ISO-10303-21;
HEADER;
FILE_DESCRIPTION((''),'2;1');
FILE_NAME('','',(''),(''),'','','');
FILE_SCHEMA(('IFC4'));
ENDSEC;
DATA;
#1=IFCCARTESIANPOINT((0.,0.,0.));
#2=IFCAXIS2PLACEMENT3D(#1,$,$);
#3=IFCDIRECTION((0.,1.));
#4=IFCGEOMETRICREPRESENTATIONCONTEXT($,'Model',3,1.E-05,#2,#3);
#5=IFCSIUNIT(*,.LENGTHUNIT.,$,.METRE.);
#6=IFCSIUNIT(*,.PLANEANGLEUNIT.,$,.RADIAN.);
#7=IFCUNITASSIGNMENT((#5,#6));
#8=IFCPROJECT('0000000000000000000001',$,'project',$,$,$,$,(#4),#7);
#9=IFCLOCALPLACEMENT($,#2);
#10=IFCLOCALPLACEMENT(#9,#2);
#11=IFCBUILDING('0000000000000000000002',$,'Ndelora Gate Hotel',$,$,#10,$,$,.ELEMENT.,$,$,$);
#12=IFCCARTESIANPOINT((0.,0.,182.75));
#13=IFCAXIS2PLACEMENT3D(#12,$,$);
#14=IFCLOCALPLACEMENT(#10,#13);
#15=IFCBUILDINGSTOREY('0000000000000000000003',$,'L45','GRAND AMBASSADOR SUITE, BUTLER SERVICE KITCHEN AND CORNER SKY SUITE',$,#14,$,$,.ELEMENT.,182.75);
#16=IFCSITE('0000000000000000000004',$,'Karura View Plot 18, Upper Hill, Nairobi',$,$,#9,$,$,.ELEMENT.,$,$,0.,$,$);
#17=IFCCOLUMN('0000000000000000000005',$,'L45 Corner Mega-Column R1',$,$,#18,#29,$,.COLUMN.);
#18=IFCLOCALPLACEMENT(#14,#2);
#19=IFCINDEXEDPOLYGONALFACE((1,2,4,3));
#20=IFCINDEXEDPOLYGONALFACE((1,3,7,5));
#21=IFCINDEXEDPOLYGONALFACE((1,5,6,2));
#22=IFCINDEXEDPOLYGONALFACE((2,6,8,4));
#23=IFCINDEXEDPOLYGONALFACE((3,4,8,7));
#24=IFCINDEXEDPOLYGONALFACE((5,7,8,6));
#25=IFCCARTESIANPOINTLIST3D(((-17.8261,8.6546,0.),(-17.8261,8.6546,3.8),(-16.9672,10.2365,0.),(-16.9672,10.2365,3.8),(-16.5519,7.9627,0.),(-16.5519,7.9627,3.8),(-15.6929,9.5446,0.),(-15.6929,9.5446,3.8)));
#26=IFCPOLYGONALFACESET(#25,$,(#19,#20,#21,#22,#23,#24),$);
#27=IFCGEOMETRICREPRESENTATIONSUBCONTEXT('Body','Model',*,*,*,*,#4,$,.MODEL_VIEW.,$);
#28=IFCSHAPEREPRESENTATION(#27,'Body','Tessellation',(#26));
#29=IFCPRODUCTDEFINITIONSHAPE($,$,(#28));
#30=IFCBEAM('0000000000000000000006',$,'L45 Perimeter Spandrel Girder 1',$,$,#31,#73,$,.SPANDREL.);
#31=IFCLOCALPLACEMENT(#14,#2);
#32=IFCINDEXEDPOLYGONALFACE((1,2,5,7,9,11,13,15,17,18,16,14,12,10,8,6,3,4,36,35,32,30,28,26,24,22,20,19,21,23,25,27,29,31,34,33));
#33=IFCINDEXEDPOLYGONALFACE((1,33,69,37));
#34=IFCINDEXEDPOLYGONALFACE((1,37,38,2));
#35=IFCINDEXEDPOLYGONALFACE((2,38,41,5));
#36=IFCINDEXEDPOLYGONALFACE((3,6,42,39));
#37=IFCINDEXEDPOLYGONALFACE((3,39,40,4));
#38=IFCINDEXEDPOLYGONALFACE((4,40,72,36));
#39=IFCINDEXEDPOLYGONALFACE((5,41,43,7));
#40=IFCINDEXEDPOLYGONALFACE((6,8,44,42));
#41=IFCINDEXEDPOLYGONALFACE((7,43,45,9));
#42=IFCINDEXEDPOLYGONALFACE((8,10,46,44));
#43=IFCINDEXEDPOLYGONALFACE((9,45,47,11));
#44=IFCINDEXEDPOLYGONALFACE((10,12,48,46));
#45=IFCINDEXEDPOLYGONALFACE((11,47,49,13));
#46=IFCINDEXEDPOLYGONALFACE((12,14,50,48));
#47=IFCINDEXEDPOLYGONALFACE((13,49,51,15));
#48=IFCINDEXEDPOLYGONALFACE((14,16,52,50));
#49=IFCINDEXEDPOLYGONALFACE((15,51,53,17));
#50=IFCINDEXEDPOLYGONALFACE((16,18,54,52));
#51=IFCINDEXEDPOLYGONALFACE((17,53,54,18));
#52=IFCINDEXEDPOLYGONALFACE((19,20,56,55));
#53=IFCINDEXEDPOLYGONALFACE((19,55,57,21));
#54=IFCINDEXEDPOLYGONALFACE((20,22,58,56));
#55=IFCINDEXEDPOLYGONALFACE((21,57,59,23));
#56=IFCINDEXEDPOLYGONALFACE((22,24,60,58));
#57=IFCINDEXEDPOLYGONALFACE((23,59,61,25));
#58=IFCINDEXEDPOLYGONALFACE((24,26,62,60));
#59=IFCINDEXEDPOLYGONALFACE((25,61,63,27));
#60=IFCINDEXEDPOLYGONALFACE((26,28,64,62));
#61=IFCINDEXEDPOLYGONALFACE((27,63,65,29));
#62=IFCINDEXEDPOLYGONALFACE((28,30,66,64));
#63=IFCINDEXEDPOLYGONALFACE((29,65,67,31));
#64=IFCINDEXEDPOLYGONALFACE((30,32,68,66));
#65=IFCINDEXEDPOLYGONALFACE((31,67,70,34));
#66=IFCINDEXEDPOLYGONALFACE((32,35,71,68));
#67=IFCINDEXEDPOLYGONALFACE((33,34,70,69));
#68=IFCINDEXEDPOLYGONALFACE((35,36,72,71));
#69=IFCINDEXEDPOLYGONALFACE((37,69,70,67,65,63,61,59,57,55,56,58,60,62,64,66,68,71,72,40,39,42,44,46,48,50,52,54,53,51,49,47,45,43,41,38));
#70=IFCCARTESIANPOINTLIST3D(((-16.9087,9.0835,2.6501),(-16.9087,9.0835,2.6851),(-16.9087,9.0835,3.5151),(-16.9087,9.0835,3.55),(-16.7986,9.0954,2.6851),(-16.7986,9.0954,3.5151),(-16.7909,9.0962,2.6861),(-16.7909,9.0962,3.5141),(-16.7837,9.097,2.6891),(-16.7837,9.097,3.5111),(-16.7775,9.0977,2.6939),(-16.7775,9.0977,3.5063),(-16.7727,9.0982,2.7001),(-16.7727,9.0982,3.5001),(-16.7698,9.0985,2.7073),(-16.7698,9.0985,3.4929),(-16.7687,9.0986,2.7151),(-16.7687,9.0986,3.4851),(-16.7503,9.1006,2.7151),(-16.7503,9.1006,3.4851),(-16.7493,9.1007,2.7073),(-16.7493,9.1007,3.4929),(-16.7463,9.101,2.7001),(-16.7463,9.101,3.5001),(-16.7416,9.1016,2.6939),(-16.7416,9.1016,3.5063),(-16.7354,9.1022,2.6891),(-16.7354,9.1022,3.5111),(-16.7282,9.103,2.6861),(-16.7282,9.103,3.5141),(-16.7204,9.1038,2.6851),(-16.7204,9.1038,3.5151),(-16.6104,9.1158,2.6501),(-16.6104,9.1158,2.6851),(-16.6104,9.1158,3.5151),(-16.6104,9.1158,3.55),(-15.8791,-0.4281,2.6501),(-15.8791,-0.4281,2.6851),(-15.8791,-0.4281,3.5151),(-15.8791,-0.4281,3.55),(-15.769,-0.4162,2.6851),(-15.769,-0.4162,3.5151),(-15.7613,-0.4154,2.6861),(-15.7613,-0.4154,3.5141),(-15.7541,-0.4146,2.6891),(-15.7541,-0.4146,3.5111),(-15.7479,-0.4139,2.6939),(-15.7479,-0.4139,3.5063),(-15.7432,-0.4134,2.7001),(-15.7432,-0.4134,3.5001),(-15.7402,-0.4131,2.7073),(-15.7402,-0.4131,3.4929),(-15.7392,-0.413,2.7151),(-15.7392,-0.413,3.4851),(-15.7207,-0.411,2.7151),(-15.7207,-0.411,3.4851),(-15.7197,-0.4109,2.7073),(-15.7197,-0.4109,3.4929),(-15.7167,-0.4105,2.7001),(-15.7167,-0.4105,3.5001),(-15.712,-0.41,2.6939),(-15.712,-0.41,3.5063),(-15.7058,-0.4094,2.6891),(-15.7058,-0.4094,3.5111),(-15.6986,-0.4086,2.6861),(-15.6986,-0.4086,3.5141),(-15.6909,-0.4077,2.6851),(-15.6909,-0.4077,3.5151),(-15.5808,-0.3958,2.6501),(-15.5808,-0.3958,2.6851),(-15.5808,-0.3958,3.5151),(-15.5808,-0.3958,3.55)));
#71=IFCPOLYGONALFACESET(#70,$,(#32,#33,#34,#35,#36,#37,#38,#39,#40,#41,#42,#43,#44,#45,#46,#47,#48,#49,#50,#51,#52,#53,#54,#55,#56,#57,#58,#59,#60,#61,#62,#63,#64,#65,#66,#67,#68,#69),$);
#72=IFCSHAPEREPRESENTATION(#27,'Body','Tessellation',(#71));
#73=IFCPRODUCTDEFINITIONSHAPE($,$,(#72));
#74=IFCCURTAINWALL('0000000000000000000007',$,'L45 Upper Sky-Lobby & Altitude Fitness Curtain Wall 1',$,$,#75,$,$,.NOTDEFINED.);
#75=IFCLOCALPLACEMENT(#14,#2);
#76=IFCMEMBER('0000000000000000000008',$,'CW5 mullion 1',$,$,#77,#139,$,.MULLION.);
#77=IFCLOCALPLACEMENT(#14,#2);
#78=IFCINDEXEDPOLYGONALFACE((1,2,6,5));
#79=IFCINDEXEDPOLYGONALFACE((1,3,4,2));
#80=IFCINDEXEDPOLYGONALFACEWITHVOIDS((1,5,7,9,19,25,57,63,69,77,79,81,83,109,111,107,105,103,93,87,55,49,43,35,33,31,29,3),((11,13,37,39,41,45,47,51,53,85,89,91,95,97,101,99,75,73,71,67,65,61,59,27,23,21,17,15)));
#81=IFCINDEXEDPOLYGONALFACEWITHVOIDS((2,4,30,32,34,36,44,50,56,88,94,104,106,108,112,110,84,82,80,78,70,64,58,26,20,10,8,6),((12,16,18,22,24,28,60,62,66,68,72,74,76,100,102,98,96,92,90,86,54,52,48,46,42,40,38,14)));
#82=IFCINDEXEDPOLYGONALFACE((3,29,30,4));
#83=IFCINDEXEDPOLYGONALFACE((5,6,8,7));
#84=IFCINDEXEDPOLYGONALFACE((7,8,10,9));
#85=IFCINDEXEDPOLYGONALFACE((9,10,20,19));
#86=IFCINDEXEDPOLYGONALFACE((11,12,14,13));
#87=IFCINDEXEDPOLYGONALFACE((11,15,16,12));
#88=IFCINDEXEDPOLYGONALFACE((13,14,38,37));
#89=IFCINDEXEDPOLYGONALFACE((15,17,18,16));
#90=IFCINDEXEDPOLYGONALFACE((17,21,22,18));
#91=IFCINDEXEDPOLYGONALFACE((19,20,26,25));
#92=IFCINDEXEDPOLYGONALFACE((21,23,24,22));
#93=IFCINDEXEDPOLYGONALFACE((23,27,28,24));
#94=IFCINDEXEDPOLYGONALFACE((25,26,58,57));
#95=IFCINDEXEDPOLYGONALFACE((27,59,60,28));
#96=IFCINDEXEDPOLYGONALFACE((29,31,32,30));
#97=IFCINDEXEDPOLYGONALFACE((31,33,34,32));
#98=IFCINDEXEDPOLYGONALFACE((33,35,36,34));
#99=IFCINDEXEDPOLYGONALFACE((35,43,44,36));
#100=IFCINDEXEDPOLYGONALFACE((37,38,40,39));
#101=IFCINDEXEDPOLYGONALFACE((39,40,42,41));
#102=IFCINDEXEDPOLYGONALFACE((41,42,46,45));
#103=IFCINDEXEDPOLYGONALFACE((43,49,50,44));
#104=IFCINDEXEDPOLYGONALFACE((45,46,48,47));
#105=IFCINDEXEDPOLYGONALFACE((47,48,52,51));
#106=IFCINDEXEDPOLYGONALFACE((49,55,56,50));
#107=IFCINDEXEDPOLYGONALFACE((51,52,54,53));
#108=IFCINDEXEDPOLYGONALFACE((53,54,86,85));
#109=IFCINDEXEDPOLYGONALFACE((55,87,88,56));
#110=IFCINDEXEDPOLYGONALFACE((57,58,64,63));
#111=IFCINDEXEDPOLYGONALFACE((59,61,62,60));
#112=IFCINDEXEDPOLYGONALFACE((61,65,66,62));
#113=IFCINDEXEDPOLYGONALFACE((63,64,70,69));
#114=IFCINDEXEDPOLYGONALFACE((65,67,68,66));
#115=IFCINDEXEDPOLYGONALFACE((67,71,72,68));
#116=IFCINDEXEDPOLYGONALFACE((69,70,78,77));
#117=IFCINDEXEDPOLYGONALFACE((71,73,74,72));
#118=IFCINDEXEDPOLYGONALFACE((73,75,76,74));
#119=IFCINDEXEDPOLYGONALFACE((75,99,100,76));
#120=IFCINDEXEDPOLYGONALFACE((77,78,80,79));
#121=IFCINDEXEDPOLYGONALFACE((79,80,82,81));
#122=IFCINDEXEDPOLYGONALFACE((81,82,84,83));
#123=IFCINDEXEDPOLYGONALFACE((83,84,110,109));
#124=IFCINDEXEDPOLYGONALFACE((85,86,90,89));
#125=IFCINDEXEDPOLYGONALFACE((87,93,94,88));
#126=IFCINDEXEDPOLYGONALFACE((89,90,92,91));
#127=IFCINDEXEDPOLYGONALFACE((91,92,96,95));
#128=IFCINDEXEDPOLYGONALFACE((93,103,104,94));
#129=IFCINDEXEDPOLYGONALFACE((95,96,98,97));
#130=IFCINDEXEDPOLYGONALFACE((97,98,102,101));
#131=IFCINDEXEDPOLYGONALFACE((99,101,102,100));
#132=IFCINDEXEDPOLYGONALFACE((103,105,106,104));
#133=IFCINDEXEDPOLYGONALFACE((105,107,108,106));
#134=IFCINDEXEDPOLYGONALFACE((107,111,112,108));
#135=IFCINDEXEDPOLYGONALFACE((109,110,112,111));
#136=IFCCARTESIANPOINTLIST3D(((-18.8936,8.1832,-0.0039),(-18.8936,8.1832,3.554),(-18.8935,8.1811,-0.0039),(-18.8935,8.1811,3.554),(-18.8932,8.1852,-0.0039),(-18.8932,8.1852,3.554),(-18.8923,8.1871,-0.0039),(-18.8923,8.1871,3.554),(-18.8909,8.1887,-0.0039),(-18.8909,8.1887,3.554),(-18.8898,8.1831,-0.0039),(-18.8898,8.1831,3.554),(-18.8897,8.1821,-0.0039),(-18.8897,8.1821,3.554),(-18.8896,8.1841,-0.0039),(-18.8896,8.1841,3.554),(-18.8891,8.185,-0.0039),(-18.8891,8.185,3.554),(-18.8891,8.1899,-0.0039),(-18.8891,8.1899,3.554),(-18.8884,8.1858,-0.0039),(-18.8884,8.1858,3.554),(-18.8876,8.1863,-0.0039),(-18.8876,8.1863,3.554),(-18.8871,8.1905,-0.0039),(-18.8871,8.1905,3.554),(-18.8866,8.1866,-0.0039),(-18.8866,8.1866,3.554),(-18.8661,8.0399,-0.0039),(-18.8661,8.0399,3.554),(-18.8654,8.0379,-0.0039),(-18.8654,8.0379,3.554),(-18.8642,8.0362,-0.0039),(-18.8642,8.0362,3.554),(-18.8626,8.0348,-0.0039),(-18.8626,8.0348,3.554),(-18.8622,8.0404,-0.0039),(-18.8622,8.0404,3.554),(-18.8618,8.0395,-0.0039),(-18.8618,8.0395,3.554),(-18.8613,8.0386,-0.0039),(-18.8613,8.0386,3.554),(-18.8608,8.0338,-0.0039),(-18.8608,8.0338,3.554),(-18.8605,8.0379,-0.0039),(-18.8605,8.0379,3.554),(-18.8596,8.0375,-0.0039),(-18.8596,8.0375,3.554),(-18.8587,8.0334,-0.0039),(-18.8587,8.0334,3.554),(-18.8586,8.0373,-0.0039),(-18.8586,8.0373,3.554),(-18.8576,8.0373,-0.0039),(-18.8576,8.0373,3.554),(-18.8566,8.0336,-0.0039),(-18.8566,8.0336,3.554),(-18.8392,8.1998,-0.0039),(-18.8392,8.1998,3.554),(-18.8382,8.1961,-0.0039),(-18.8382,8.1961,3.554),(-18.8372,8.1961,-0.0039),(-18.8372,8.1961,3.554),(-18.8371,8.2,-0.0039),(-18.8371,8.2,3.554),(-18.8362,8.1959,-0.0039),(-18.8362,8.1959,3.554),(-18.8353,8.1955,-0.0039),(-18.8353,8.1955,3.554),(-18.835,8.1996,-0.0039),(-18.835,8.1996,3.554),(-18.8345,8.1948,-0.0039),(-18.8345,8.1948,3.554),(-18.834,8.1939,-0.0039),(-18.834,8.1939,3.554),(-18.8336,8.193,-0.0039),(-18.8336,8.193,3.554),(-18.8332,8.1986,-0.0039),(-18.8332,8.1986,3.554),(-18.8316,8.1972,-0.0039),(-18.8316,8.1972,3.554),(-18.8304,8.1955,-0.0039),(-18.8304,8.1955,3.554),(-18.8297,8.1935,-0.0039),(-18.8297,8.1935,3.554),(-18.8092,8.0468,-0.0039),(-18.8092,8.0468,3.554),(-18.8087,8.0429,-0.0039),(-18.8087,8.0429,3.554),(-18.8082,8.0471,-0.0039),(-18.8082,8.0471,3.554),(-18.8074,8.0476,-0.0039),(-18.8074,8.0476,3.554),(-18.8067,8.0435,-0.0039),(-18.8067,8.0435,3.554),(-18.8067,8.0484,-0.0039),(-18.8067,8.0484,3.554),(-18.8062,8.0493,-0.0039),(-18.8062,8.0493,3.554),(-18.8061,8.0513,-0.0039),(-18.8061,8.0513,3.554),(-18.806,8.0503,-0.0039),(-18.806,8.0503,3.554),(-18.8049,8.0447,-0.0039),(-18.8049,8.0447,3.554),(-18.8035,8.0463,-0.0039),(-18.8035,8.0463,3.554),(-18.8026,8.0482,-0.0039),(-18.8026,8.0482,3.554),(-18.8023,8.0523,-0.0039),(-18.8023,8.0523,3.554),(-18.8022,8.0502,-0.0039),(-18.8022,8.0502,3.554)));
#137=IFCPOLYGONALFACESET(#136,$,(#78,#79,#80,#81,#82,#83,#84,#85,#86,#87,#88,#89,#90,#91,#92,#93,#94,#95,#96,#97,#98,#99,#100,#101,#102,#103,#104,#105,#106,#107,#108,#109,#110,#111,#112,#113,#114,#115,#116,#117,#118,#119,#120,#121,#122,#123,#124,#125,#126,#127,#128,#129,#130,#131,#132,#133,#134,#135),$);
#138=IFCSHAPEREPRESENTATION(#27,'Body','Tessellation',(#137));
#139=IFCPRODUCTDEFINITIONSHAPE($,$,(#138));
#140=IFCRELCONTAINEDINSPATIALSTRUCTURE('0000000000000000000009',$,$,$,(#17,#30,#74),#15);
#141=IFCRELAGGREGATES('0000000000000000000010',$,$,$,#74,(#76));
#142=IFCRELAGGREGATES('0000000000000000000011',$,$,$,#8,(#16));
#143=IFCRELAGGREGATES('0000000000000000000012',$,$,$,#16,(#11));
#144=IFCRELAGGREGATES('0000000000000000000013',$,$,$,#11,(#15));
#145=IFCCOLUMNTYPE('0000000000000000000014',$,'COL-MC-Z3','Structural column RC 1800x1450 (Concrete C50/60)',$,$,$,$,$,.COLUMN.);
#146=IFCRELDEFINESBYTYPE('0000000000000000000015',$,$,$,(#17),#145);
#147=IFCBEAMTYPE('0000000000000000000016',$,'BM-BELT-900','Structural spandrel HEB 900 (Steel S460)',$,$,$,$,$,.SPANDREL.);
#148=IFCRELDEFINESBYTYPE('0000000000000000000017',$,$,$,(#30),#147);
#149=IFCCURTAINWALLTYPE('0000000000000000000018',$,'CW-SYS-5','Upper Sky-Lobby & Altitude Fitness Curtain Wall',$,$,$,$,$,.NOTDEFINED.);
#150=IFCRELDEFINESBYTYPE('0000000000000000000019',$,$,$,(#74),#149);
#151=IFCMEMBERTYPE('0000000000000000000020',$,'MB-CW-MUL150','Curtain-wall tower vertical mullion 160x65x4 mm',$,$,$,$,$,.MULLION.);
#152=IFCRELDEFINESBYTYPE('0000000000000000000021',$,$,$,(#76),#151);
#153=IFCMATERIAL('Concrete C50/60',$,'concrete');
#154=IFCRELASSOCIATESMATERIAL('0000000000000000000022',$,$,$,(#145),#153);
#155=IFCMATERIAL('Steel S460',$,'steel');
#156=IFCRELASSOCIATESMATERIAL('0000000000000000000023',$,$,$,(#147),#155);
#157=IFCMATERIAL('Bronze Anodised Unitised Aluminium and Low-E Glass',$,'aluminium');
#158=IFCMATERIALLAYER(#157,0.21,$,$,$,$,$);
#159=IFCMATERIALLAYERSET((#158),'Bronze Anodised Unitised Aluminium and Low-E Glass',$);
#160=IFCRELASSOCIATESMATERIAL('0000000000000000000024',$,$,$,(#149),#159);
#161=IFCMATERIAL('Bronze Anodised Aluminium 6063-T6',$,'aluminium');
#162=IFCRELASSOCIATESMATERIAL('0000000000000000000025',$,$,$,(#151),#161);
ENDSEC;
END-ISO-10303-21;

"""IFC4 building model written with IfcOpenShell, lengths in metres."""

from ifc_helpers import new_model, si_unit, direction, frame, origin, origin_2d, place, context, subcontext, project, spatial, rectangle, hollow_rectangle, i_section, extrude, material, layer, layer_set, material_profile, profile_set, type_object, element, aggregate, save


model = new_model("IFC4")

# Units and contexts
model_context = context("Model", 3, precision=1e-05, world=origin(), true_north=direction((0.0, 1.0)))
body_context = subcontext(model_context, "Body", "Model", "MODEL_VIEW")
ifc_project = project(units=[si_unit("LENGTHUNIT", "METRE"), si_unit("PLANEANGLEUNIT", "RADIAN")], contexts=[model_context])

# Site, building, storey
site_placement = place(None, origin())
site = spatial("IfcSite", under=ifc_project, at=site_placement, Name="Karura View Plot 18, Upper Hill, Nairobi", CompositionType="ELEMENT", RefElevation=0.0)
building_placement = place(site_placement, origin())
building = spatial("IfcBuilding", under=site, at=building_placement, Name="Ndelora Gate Hotel", CompositionType="ELEMENT")
storey_placement = place(building_placement, frame((0.0, 0.0, 182.75)))
storey = spatial("IfcBuildingStorey", under=building, at=storey_placement, Name="L45", Description="GRAND AMBASSADOR SUITE, BUTLER SERVICE KITCHEN AND CORNER SKY SUITE", CompositionType="ELEMENT", Elevation=182.75)

# Column
ifc_material_1 = material(Name="Concrete C50/60", Category="concrete")
ifc_material_profile_1 = material_profile(ifc_material_1, rectangle(XDim=1.45, YDim=1.8, at=origin_2d()), Name="RC 1800x1450")
ifc_profile_set_1 = profile_set([ifc_material_profile_1], Name="Concrete C50/60")
column_type = type_object("IfcColumnType", Name="COL-MC-Z3", Description="Structural column RC 1800x1450 (Concrete C50/60)", PredefinedType="COLUMN", material=ifc_profile_set_1)
column_placement = place(storey_placement, frame((-16.7595, 9.0996, 0.0), z_axis=(0.0, 0.0, 1.0), x_axis=(-0.878817, 0.477159, 0.0)))
element("IfcColumn", 1, at=column_placement, inside=storey, type_object=column_type, Name="L45 Corner Mega-Column R1", PredefinedType="COLUMN", context=body_context, shape_type="SweptSolid", body=[
    extrude(rectangle(XDim=1.45, YDim=1.8, at=origin_2d()), origin(), (0.0, 0.0, 1.0), 3.8),
])

# Beam
ifc_material_2 = material(Name="Steel S460", Category="steel")
ifc_material_profile_2 = material_profile(ifc_material_2, i_section(OverallWidth=0.3, OverallDepth=0.8999, WebThickness=0.0186, FlangeThickness=0.0349, FilletRadius=0.03, at=origin_2d()), Name="HEB 900")
ifc_profile_set_2 = profile_set([ifc_material_profile_2], Name="Steel S460")
beam_type = type_object("IfcBeamType", Name="BM-BELT-900", Description="Structural spandrel HEB 900 (Steel S460)", PredefinedType="SPANDREL", material=ifc_profile_set_2)
beam_placement = place(storey_placement, frame((-16.7595, 9.0996, 3.1001), z_axis=(0.107613, -0.994193, 0.0), x_axis=(0.994193, 0.107613, 0.0)))
element("IfcBeam", 2, at=beam_placement, inside=storey, type_object=beam_type, Name="L45 Perimeter Spandrel Girder 1", PredefinedType="SPANDREL", context=body_context, shape_type="SweptSolid", body=[
    extrude(i_section(OverallWidth=0.3, OverallDepth=0.8999, WebThickness=0.0186, FlangeThickness=0.0349, FilletRadius=0.03, at=origin_2d()), origin(), (0.0, 0.0, 1.0), 9.5671),
])

# Curtain wall, member
ifc_material_3 = material(Name="Bronze Anodised Unitised Aluminium and Low-E Glass", Category="aluminium")
ifc_layer_1 = layer(ifc_material_3, 0.21)
ifc_layer_set_1 = layer_set([ifc_layer_1], Name="Bronze Anodised Unitised Aluminium and Low-E Glass")
curtain_wall_type = type_object("IfcCurtainWallType", Name="CW-SYS-5", Description="Upper Sky-Lobby & Altitude Fitness Curtain Wall", PredefinedType="NOTDEFINED", material=ifc_layer_set_1)
curtain_wall_placement = place(storey_placement, origin())
curtain_wall = element("IfcCurtainWall", 3, at=curtain_wall_placement, inside=storey, type_object=curtain_wall_type, Name="L45 Upper Sky-Lobby & Altitude Fitness Curtain Wall 1", PredefinedType="NOTDEFINED")
ifc_material_4 = material(Name="Bronze Anodised Aluminium 6063-T6", Category="aluminium")
ifc_material_profile_3 = material_profile(ifc_material_4, hollow_rectangle(XDim=0.0649, YDim=0.1599, WallThickness=0.0039, InnerFilletRadius=0.0039, OuterFilletRadius=0.0081, at=origin_2d()), Name="ALU 160x65x4")
ifc_profile_set_3 = profile_set([ifc_material_profile_3], Name="Bronze Anodised Aluminium 6063-T6")
member_type_1 = type_object("IfcMemberType", Name="MB-CW-MUL150", Description="Curtain-wall tower vertical mullion 160x65x4 mm", PredefinedType="MULLION", material=ifc_profile_set_3)
member_1_placement = place(storey_placement, frame((-18.8479, 8.1167, -0.0039), z_axis=(0.0, 0.0, 1.0), x_axis=(0.981616, 0.190869, 0.0)))
member_1 = element("IfcMember", 4, at=member_1_placement, type_object=member_type_1, Name="CW5 mullion 1", PredefinedType="MULLION", context=body_context, shape_type="SweptSolid", body=[
    extrude(hollow_rectangle(XDim=0.0649, YDim=0.1599, WallThickness=0.0039, InnerFilletRadius=0.0039, OuterFilletRadius=0.0081, at=origin_2d()), origin(), (0.0, 0.0, 1.0), 3.5579),
])
aggregate(curtain_wall, [member_1])

save(model, "model.ifc")
